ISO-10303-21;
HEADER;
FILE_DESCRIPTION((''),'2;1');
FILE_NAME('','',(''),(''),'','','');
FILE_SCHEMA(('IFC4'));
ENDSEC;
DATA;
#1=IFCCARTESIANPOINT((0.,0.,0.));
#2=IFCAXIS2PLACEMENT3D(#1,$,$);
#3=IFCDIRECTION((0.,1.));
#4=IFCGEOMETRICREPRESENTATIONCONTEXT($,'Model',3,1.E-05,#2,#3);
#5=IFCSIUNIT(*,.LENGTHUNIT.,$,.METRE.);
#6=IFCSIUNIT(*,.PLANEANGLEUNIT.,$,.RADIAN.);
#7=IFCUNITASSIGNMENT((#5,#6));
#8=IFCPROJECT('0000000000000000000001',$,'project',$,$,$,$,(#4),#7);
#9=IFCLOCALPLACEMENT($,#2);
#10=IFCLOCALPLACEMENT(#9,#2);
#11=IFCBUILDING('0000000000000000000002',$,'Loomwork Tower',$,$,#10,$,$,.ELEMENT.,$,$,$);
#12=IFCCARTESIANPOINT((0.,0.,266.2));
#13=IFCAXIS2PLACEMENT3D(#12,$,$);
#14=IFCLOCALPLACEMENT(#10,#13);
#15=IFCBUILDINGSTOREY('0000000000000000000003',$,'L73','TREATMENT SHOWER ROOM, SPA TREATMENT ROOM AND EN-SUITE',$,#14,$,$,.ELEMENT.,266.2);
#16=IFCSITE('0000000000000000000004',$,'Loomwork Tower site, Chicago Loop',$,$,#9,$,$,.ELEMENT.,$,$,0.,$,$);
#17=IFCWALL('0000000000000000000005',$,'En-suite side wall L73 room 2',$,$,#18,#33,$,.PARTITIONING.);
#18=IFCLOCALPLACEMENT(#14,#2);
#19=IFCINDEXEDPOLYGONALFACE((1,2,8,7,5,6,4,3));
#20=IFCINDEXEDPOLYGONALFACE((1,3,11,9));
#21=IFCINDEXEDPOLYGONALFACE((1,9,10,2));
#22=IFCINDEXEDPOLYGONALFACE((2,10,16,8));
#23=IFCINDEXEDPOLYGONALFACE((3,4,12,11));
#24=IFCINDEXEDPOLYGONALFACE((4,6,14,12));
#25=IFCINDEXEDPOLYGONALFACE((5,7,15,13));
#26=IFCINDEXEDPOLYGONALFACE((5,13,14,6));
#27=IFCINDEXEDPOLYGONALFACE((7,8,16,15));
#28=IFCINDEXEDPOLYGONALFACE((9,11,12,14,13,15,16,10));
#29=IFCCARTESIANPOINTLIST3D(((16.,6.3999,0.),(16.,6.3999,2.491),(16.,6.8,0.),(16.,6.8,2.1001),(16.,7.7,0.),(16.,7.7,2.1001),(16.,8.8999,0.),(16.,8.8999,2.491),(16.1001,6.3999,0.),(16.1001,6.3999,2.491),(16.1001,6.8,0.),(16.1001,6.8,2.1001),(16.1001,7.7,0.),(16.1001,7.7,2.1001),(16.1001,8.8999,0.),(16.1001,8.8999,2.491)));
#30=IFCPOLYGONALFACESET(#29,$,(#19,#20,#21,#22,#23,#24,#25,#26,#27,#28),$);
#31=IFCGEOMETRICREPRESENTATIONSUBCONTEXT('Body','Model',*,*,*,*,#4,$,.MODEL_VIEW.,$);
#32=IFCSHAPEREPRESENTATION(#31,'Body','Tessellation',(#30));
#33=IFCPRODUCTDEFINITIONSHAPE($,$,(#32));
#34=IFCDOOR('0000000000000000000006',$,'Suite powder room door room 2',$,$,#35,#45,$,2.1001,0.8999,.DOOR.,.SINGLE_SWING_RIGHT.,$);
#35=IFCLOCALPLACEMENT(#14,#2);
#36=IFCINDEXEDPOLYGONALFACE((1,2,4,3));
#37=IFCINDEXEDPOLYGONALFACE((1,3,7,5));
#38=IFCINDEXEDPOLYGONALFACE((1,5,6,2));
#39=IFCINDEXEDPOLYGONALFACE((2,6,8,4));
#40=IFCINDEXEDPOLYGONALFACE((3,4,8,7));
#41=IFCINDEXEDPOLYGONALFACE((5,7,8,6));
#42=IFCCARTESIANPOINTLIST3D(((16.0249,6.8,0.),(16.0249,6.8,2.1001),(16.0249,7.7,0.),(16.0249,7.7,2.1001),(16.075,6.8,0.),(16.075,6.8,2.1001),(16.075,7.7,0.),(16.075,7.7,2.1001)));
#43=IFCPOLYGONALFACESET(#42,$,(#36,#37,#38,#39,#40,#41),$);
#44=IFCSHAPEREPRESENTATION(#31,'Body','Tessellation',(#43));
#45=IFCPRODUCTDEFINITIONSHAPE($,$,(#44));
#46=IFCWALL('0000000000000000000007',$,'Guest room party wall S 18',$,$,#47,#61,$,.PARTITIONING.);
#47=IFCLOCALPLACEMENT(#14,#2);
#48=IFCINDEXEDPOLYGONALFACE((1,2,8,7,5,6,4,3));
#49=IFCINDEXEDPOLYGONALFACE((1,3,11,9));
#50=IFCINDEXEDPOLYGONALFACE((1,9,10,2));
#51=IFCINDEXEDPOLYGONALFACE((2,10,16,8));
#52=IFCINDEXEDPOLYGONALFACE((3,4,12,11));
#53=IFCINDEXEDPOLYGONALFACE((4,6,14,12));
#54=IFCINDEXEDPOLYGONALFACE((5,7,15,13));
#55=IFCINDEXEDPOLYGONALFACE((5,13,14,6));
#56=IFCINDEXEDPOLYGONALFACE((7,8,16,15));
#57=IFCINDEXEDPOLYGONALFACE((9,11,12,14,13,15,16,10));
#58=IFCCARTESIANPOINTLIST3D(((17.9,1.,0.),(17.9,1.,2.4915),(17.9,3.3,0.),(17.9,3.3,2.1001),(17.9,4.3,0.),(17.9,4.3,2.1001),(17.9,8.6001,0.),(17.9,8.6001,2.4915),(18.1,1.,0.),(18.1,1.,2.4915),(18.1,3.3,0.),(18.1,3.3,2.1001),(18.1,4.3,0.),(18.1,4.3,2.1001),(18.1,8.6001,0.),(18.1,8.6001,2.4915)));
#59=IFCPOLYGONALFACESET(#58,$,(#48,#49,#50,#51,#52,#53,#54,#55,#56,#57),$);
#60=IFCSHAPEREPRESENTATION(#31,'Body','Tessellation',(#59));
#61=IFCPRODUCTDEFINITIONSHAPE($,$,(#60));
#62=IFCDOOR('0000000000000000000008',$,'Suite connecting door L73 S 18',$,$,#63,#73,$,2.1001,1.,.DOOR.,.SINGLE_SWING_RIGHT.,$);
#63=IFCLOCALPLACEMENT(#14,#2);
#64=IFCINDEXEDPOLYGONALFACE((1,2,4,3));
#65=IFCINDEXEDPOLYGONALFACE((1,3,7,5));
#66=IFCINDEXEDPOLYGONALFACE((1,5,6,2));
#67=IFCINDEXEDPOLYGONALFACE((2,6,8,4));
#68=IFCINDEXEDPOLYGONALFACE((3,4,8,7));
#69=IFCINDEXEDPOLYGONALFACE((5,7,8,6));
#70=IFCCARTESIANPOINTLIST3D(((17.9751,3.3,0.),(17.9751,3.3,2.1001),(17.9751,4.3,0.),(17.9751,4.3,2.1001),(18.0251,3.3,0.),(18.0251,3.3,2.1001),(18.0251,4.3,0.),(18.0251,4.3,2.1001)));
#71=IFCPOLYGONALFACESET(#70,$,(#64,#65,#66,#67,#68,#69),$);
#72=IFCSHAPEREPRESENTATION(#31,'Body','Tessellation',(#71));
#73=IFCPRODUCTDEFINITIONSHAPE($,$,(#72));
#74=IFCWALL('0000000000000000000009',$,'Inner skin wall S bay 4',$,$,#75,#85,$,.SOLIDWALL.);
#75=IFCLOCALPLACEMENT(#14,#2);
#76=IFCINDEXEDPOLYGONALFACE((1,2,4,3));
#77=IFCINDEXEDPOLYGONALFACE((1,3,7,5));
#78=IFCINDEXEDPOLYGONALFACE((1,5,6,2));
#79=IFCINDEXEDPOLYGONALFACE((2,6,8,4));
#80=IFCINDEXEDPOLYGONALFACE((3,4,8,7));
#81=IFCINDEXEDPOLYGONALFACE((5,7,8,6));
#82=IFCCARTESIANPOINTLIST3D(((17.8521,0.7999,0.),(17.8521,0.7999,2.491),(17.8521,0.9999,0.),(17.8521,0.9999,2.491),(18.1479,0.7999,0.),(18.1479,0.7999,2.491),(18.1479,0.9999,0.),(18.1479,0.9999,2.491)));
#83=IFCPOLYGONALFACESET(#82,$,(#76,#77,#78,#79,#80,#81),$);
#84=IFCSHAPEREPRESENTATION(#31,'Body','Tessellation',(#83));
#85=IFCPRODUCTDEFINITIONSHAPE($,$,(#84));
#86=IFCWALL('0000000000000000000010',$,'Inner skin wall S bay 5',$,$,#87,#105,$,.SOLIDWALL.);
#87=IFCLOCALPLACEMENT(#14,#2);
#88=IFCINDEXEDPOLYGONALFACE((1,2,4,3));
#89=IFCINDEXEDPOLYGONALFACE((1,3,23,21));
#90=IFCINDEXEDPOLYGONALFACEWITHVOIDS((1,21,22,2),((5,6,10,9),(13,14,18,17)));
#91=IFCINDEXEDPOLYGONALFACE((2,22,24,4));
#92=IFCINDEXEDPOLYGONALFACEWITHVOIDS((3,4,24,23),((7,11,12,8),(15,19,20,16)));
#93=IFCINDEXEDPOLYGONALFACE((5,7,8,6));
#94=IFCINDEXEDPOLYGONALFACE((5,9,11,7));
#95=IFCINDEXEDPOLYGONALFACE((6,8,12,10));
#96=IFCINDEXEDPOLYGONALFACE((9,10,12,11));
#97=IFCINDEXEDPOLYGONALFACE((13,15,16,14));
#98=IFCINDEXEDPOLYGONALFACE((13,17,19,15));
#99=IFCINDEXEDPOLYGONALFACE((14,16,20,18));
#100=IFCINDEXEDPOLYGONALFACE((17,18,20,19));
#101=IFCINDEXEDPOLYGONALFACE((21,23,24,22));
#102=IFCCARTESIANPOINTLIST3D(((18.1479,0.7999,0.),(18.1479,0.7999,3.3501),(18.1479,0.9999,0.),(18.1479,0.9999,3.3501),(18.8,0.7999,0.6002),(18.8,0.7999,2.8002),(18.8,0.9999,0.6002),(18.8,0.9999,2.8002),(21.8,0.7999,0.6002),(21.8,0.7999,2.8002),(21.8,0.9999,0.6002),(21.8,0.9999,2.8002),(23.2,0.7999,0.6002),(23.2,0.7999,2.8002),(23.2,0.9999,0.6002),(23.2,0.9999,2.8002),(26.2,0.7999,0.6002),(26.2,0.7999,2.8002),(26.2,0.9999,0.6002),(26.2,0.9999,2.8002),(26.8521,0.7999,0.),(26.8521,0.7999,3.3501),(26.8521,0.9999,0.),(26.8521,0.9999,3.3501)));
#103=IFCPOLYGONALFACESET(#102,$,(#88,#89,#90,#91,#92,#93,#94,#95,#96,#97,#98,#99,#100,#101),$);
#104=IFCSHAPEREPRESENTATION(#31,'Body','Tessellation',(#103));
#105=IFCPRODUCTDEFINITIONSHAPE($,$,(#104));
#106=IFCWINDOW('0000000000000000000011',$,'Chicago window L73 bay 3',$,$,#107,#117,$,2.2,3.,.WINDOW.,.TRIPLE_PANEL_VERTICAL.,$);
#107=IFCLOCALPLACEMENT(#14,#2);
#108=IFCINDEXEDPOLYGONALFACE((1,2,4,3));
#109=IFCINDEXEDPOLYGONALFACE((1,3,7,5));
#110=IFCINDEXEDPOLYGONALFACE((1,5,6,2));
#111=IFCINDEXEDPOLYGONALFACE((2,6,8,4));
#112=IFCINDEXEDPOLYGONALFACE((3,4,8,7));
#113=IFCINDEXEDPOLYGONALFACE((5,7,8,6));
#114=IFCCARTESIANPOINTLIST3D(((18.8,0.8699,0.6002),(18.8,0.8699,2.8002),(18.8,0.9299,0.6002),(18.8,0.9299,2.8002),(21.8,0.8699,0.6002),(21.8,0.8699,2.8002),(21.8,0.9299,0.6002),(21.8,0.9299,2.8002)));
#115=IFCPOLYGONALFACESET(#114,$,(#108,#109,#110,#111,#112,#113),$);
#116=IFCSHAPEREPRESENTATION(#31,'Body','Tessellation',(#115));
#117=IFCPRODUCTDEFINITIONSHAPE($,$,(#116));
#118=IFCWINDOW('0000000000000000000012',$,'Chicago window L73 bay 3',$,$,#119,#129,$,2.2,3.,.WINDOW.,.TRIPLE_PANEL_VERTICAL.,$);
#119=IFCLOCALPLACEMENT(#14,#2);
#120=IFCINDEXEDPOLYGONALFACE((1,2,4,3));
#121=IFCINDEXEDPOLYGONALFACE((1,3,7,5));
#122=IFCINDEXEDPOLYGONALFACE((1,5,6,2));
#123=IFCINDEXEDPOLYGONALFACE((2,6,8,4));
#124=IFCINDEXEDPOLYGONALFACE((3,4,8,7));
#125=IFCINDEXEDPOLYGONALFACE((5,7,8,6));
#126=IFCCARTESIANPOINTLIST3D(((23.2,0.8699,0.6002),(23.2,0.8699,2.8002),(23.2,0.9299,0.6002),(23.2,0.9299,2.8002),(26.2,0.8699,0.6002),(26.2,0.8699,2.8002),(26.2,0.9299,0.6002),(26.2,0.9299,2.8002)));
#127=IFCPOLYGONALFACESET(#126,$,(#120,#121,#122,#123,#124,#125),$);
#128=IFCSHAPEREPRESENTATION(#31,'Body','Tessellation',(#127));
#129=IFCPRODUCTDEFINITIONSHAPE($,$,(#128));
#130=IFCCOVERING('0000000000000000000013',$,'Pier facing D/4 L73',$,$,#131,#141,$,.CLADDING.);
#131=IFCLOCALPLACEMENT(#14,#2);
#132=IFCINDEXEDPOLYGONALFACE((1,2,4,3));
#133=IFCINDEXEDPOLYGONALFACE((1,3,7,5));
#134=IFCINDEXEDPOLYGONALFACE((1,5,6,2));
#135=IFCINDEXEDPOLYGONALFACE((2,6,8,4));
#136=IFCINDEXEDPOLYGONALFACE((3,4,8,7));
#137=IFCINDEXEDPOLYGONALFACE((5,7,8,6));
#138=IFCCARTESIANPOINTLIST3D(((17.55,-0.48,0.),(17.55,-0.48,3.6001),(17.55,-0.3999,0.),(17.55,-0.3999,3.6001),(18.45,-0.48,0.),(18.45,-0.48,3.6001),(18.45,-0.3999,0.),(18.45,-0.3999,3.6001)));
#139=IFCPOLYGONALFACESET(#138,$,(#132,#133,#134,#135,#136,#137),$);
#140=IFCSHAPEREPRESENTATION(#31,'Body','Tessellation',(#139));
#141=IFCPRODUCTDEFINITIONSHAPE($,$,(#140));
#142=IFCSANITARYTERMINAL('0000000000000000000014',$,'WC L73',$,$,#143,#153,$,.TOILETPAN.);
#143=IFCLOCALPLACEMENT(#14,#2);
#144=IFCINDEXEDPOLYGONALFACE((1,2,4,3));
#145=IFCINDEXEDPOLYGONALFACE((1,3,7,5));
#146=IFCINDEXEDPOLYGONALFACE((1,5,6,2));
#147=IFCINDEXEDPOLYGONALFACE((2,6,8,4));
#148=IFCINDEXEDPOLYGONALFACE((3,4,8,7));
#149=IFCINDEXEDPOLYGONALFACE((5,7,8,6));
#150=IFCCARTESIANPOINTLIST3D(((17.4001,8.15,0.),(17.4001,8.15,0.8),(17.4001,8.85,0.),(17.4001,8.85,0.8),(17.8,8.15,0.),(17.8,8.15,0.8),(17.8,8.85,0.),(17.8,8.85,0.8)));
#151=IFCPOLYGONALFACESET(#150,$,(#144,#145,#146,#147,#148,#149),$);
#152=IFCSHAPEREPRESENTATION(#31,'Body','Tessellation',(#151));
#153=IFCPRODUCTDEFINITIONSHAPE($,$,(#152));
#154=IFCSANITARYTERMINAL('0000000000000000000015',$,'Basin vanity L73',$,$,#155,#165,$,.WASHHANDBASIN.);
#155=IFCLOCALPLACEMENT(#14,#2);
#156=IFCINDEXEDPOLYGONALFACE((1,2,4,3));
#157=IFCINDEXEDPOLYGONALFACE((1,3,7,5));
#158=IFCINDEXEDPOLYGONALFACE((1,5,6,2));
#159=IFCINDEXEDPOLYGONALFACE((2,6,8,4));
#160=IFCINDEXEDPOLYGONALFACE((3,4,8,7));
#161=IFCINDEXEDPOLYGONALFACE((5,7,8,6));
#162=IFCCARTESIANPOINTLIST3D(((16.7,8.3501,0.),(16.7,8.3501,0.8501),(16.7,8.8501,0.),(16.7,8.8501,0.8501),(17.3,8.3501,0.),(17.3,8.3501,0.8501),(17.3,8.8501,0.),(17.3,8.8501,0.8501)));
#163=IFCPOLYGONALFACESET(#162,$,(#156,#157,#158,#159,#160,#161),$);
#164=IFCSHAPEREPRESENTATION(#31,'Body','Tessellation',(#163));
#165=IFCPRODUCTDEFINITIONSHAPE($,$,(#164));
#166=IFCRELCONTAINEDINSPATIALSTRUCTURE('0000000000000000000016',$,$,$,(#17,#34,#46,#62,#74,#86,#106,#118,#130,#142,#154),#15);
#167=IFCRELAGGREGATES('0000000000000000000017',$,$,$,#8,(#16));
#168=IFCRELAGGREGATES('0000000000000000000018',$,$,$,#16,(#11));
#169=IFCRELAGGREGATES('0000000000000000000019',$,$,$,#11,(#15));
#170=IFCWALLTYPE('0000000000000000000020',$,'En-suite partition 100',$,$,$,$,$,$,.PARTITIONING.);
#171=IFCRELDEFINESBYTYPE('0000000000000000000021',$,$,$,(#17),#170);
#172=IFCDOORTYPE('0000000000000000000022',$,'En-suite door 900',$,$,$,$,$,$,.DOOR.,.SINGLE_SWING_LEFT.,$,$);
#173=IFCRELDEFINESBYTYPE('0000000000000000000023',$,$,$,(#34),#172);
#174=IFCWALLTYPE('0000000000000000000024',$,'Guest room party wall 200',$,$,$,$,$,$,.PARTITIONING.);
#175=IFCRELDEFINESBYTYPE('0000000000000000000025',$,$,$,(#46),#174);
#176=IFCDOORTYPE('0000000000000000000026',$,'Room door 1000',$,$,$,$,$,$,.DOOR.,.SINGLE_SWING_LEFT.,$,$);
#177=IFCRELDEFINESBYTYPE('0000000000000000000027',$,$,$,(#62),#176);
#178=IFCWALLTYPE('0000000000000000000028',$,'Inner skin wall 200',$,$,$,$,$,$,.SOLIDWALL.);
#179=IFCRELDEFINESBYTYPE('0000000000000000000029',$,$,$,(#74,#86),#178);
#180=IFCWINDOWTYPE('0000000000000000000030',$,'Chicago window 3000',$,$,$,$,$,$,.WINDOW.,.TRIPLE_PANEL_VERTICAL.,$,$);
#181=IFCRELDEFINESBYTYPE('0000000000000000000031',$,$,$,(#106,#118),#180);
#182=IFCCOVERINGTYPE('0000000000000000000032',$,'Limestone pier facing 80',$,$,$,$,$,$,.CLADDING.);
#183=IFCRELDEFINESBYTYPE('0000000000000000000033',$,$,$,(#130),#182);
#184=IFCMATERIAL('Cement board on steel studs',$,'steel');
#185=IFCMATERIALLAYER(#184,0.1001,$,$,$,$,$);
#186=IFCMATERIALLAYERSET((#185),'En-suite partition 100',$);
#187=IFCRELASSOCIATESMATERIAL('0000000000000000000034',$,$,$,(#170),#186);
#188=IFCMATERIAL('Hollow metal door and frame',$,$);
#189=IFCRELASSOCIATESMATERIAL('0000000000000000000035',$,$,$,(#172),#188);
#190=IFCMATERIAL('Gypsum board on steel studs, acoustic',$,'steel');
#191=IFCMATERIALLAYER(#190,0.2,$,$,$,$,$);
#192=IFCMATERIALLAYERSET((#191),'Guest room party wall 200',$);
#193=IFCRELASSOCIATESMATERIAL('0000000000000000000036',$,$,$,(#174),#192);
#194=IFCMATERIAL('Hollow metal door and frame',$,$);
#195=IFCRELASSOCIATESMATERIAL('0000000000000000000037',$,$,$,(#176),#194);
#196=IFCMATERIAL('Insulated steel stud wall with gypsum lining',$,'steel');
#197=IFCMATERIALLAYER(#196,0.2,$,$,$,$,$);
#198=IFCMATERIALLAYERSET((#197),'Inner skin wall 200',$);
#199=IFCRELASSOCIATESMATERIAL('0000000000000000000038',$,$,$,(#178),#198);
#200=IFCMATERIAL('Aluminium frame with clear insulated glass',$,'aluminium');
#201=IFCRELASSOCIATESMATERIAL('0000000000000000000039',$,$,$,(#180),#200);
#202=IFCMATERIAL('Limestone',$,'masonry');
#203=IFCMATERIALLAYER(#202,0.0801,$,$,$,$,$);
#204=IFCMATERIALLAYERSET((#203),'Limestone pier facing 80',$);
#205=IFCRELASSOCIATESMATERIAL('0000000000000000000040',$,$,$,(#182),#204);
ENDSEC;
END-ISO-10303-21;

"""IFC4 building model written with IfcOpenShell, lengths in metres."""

from ifc_helpers import new_model, si_unit, direction, frame, frame_2d, origin, origin_2d, place, context, subcontext, project, spatial, rectangle, extrude, material, layer, layer_set, type_object, element, fill, save


model = new_model("IFC4")

# Units and contexts
model_context = context("Model", 3, precision=1e-05, world=origin(), true_north=direction((0.0, 1.0)))
body_context = subcontext(model_context, "Body", "Model", "MODEL_VIEW")
ifc_project = project(units=[si_unit("LENGTHUNIT", "METRE"), si_unit("PLANEANGLEUNIT", "RADIAN")], contexts=[model_context])

# Site, building, storey
site_placement = place(None, origin())
site = spatial("IfcSite", under=ifc_project, at=site_placement, Name="Loomwork Tower site, Chicago Loop", CompositionType="ELEMENT", RefElevation=0.0)
building_placement = place(site_placement, origin())
building = spatial("IfcBuilding", under=site, at=building_placement, Name="Loomwork Tower", CompositionType="ELEMENT")
storey_placement = place(building_placement, frame((0.0, 0.0, 266.2)))
storey = spatial("IfcBuildingStorey", under=building, at=storey_placement, Name="L73", Description="TREATMENT SHOWER ROOM, SPA TREATMENT ROOM AND EN-SUITE", CompositionType="ELEMENT", Elevation=266.2)

# Shared definitions
ifc_material_1 = material(Name="Cement board on steel studs", Category="steel")
ifc_layer_1 = layer(ifc_material_1, 0.1001)
ifc_layer_set_1 = layer_set([ifc_layer_1], Name="En-suite partition 100")
wall_type_1 = type_object("IfcWallType", Name="En-suite partition 100", PredefinedType="PARTITIONING", material=ifc_layer_set_1)

# Walls, openings, doors
wall_1_placement = place(storey_placement, frame((16.05, 8.8999, 0.0), z_axis=(0.0, 0.0, 1.0), x_axis=(0.0, -1.0, 0.0)))
wall_1 = element("IfcWall", 1, at=wall_1_placement, inside=storey, type_object=wall_type_1, Name="En-suite side wall L73 room 2", PredefinedType="PARTITIONING", context=body_context, shape_type="SweptSolid", body=[
    extrude(rectangle(XDim=2.5, YDim=0.1001, at=frame_2d((1.25, 0.0))), origin(), (0.0, 0.0, 1.0), 2.491),
])
opening_1_placement = place(wall_1_placement, frame((1.2, 0.0, 0.0)))
opening_1 = element("IfcOpeningElement", 2, at=opening_1_placement, cuts=wall_1, PredefinedType="OPENING", context=body_context, shape_type="SweptSolid", body=[
    extrude(rectangle(XDim=0.8999, YDim=2.1001, at=frame_2d((0.45, 1.05))), frame((0.0, 0.0601, 0.0), z_axis=(0.0, -1.0, 0.0), x_axis=(1.0, 0.0, 0.0)), (0.0, 0.0, 1.0), 0.1201),
])
ifc_material_2 = material(Name="Hollow metal door and frame")
door_type_1 = type_object("IfcDoorType", Name="En-suite door 900", OperationType="SINGLE_SWING_LEFT", PredefinedType="DOOR", material=ifc_material_2)
door_1_placement = place(opening_1_placement, origin())
door_1 = element("IfcDoor", 3, at=door_1_placement, inside=storey, type_object=door_type_1, Name="Suite powder room door room 2", OperationType="SINGLE_SWING_RIGHT", OverallHeight=2.1001, OverallWidth=0.8999, PredefinedType="DOOR", context=body_context, shape_type="SweptSolid", body=[
    extrude(rectangle(XDim=0.8999, YDim=2.1001, at=frame_2d((0.45, 1.05))), frame((0.0, 0.0249, 0.0), z_axis=(0.0, -1.0, 0.0), x_axis=(1.0, 0.0, 0.0)), (0.0, 0.0, 1.0), 0.05),
])
fill(opening_1, door_1)
ifc_material_3 = material(Name="Gypsum board on steel studs, acoustic", Category="steel")
ifc_layer_2 = layer(ifc_material_3, 0.2)
ifc_layer_set_2 = layer_set([ifc_layer_2], Name="Guest room party wall 200")
wall_type_2 = type_object("IfcWallType", Name="Guest room party wall 200", PredefinedType="PARTITIONING", material=ifc_layer_set_2)
wall_2_placement = place(storey_placement, frame((18.0, 8.6001, 0.0), z_axis=(0.0, 0.0, 1.0), x_axis=(0.0, -1.0, 0.0)))
wall_2 = element("IfcWall", 4, at=wall_2_placement, inside=storey, type_object=wall_type_2, Name="Guest room party wall S 18", PredefinedType="PARTITIONING", context=body_context, shape_type="SweptSolid", body=[
    extrude(rectangle(XDim=7.6001, YDim=0.2, at=frame_2d((3.8, 0.0))), origin(), (0.0, 0.0, 1.0), 2.4915),
])
opening_2_placement = place(wall_2_placement, frame((4.3, 0.0, 0.0)))
opening_2 = element("IfcOpeningElement", 5, at=opening_2_placement, cuts=wall_2, PredefinedType="OPENING", context=body_context, shape_type="SweptSolid", body=[
    extrude(rectangle(XDim=1.0, YDim=2.1001, at=frame_2d((0.5, 1.05))), frame((0.0, 0.1099, 0.0), z_axis=(0.0, -1.0, 0.0), x_axis=(1.0, 0.0, 0.0)), (0.0, 0.0, 1.0), 0.22),
])
ifc_material_4 = material(Name="Hollow metal door and frame")
door_type_2 = type_object("IfcDoorType", Name="Room door 1000", OperationType="SINGLE_SWING_LEFT", PredefinedType="DOOR", material=ifc_material_4)
door_2_placement = place(opening_2_placement, frame((1.0, 0.0, 0.0), z_axis=(0.0, 0.0, 1.0), x_axis=(-1.0, 0.0, 0.0)))
door_2 = element("IfcDoor", 6, at=door_2_placement, inside=storey, type_object=door_type_2, Name="Suite connecting door L73 S 18", OperationType="SINGLE_SWING_RIGHT", OverallHeight=2.1001, OverallWidth=1.0, PredefinedType="DOOR", context=body_context, shape_type="SweptSolid", body=[
    extrude(rectangle(XDim=1.0, YDim=2.1001, at=frame_2d((0.5, 1.05))), frame((0.0, 0.0249, 0.0), z_axis=(0.0, -1.0, 0.0), x_axis=(1.0, 0.0, 0.0)), (0.0, 0.0, 1.0), 0.05),
])
fill(opening_2, door_2)

# Wall
ifc_material_5 = material(Name="Insulated steel stud wall with gypsum lining", Category="steel")
ifc_layer_3 = layer(ifc_material_5, 0.2)
ifc_layer_set_3 = layer_set([ifc_layer_3], Name="Inner skin wall 200")
wall_type_3 = type_object("IfcWallType", Name="Inner skin wall 200", PredefinedType="SOLIDWALL", material=ifc_layer_set_3)
wall_3_placement = place(storey_placement, frame((17.8521, 0.8999, 0.0), z_axis=(0.0, 0.0, 1.0), x_axis=(1.0, 0.0, 0.0)))
element("IfcWall", 7, at=wall_3_placement, inside=storey, type_object=wall_type_3, Name="Inner skin wall S bay 4", PredefinedType="SOLIDWALL", context=body_context, shape_type="SweptSolid", body=[
    extrude(rectangle(XDim=0.2959, YDim=0.2, at=frame_2d((0.1479, 0.0))), origin(), (0.0, 0.0, 1.0), 2.491),
])

# Wall, openings, windows
wall_4_placement = place(storey_placement, frame((18.1479, 0.8999, 0.0), z_axis=(0.0, 0.0, 1.0), x_axis=(1.0, 0.0, 0.0)))
wall_4 = element("IfcWall", 8, at=wall_4_placement, inside=storey, type_object=wall_type_3, Name="Inner skin wall S bay 5", PredefinedType="SOLIDWALL", context=body_context, shape_type="SweptSolid", body=[
    extrude(rectangle(XDim=8.7041, YDim=0.2, at=frame_2d((4.3521, 0.0))), origin(), (0.0, 0.0, 1.0), 3.3501),
])
opening_3_placement = place(wall_4_placement, frame((0.6521, 0.0, 0.6001)))
opening_3 = element("IfcOpeningElement", 9, at=opening_3_placement, cuts=wall_4, PredefinedType="OPENING", context=body_context, shape_type="SweptSolid", body=[
    extrude(rectangle(XDim=3.0, YDim=2.2, at=frame_2d((1.5, 1.1001))), frame((0.0, 0.1099, 0.0), z_axis=(0.0, -1.0, 0.0), x_axis=(1.0, 0.0, 0.0)), (0.0, 0.0, 1.0), 0.22),
])
opening_4_placement = place(wall_4_placement, frame((5.052, 0.0, 0.6001)))
opening_4 = element("IfcOpeningElement", 10, at=opening_4_placement, cuts=wall_4, PredefinedType="OPENING", context=body_context, shape_type="SweptSolid", body=[
    extrude(rectangle(XDim=3.0, YDim=2.2, at=frame_2d((1.5, 1.1001))), frame((0.0, 0.1099, 0.0), z_axis=(0.0, -1.0, 0.0), x_axis=(1.0, 0.0, 0.0)), (0.0, 0.0, 1.0), 0.22),
])
ifc_material_6 = material(Name="Aluminium frame with clear insulated glass", Category="aluminium")
window_type = type_object("IfcWindowType", Name="Chicago window 3000", PartitioningType="TRIPLE_PANEL_VERTICAL", PredefinedType="WINDOW", material=ifc_material_6)
window_1_placement = place(opening_3_placement, origin())
window_1 = element("IfcWindow", 11, at=window_1_placement, inside=storey, type_object=window_type, Name="Chicago window L73 bay 3", OverallHeight=2.2, OverallWidth=3.0, PartitioningType="TRIPLE_PANEL_VERTICAL", PredefinedType="WINDOW", context=body_context, shape_type="SweptSolid", body=[
    extrude(rectangle(XDim=3.0, YDim=2.2, at=frame_2d((1.5, 1.1001))), frame((0.0, 0.03, 0.0), z_axis=(0.0, -1.0, 0.0), x_axis=(1.0, 0.0, 0.0)), (0.0, 0.0, 1.0), 0.0601),
])
fill(opening_3, window_1)
window_2_placement = place(opening_4_placement, origin())
window_2 = element("IfcWindow", 12, at=window_2_placement, inside=storey, type_object=window_type, Name="Chicago window L73 bay 3", OverallHeight=2.2, OverallWidth=3.0, PartitioningType="TRIPLE_PANEL_VERTICAL", PredefinedType="WINDOW", context=body_context, shape_type="SweptSolid", body=[
    extrude(rectangle(XDim=3.0, YDim=2.2, at=frame_2d((1.5, 1.1001))), frame((0.0, 0.03, 0.0), z_axis=(0.0, -1.0, 0.0), x_axis=(1.0, 0.0, 0.0)), (0.0, 0.0, 1.0), 0.0601),
])
fill(opening_4, window_2)

# Covering
ifc_material_7 = material(Name="Limestone", Category="masonry")
ifc_layer_4 = layer(ifc_material_7, 0.0801)
ifc_layer_set_4 = layer_set([ifc_layer_4], Name="Limestone pier facing 80")
covering_type = type_object("IfcCoveringType", Name="Limestone pier facing 80", PredefinedType="CLADDING", material=ifc_layer_set_4)
covering_placement = place(storey_placement, frame((18.0, -0.4399, 0.0), z_axis=(0.0, 0.0, 1.0), x_axis=(1.0, 0.0, 0.0)))
element("IfcCovering", 13, at=covering_placement, inside=storey, type_object=covering_type, Name="Pier facing D/4 L73", PredefinedType="CLADDING", context=body_context, shape_type="SweptSolid", body=[
    extrude(rectangle(XDim=0.8999, YDim=0.0801, at=origin_2d()), origin(), (0.0, 0.0, 1.0), 3.6001),
])

# Sanitary terminals
sanitary_terminal_1_placement = place(storey_placement, frame((17.6001, 8.5, 0.0), z_axis=(0.0, 0.0, 1.0), x_axis=(1.0, 0.0, 0.0)))
element("IfcSanitaryTerminal", 14, at=sanitary_terminal_1_placement, inside=storey, Name="WC L73", PredefinedType="TOILETPAN", context=body_context, shape_type="SweptSolid", body=[
    extrude(rectangle(XDim=0.3999, YDim=0.7, at=origin_2d()), origin(), (0.0, 0.0, 1.0), 0.8),
])
sanitary_terminal_2_placement = place(storey_placement, frame((17.0, 8.6001, 0.0), z_axis=(0.0, 0.0, 1.0), x_axis=(1.0, 0.0, 0.0)))
element("IfcSanitaryTerminal", 15, at=sanitary_terminal_2_placement, inside=storey, Name="Basin vanity L73", PredefinedType="WASHHANDBASIN", context=body_context, shape_type="SweptSolid", body=[
    extrude(rectangle(XDim=0.6001, YDim=0.5, at=origin_2d()), origin(), (0.0, 0.0, 1.0), 0.8501),
])

save(model, "model.ifc")
